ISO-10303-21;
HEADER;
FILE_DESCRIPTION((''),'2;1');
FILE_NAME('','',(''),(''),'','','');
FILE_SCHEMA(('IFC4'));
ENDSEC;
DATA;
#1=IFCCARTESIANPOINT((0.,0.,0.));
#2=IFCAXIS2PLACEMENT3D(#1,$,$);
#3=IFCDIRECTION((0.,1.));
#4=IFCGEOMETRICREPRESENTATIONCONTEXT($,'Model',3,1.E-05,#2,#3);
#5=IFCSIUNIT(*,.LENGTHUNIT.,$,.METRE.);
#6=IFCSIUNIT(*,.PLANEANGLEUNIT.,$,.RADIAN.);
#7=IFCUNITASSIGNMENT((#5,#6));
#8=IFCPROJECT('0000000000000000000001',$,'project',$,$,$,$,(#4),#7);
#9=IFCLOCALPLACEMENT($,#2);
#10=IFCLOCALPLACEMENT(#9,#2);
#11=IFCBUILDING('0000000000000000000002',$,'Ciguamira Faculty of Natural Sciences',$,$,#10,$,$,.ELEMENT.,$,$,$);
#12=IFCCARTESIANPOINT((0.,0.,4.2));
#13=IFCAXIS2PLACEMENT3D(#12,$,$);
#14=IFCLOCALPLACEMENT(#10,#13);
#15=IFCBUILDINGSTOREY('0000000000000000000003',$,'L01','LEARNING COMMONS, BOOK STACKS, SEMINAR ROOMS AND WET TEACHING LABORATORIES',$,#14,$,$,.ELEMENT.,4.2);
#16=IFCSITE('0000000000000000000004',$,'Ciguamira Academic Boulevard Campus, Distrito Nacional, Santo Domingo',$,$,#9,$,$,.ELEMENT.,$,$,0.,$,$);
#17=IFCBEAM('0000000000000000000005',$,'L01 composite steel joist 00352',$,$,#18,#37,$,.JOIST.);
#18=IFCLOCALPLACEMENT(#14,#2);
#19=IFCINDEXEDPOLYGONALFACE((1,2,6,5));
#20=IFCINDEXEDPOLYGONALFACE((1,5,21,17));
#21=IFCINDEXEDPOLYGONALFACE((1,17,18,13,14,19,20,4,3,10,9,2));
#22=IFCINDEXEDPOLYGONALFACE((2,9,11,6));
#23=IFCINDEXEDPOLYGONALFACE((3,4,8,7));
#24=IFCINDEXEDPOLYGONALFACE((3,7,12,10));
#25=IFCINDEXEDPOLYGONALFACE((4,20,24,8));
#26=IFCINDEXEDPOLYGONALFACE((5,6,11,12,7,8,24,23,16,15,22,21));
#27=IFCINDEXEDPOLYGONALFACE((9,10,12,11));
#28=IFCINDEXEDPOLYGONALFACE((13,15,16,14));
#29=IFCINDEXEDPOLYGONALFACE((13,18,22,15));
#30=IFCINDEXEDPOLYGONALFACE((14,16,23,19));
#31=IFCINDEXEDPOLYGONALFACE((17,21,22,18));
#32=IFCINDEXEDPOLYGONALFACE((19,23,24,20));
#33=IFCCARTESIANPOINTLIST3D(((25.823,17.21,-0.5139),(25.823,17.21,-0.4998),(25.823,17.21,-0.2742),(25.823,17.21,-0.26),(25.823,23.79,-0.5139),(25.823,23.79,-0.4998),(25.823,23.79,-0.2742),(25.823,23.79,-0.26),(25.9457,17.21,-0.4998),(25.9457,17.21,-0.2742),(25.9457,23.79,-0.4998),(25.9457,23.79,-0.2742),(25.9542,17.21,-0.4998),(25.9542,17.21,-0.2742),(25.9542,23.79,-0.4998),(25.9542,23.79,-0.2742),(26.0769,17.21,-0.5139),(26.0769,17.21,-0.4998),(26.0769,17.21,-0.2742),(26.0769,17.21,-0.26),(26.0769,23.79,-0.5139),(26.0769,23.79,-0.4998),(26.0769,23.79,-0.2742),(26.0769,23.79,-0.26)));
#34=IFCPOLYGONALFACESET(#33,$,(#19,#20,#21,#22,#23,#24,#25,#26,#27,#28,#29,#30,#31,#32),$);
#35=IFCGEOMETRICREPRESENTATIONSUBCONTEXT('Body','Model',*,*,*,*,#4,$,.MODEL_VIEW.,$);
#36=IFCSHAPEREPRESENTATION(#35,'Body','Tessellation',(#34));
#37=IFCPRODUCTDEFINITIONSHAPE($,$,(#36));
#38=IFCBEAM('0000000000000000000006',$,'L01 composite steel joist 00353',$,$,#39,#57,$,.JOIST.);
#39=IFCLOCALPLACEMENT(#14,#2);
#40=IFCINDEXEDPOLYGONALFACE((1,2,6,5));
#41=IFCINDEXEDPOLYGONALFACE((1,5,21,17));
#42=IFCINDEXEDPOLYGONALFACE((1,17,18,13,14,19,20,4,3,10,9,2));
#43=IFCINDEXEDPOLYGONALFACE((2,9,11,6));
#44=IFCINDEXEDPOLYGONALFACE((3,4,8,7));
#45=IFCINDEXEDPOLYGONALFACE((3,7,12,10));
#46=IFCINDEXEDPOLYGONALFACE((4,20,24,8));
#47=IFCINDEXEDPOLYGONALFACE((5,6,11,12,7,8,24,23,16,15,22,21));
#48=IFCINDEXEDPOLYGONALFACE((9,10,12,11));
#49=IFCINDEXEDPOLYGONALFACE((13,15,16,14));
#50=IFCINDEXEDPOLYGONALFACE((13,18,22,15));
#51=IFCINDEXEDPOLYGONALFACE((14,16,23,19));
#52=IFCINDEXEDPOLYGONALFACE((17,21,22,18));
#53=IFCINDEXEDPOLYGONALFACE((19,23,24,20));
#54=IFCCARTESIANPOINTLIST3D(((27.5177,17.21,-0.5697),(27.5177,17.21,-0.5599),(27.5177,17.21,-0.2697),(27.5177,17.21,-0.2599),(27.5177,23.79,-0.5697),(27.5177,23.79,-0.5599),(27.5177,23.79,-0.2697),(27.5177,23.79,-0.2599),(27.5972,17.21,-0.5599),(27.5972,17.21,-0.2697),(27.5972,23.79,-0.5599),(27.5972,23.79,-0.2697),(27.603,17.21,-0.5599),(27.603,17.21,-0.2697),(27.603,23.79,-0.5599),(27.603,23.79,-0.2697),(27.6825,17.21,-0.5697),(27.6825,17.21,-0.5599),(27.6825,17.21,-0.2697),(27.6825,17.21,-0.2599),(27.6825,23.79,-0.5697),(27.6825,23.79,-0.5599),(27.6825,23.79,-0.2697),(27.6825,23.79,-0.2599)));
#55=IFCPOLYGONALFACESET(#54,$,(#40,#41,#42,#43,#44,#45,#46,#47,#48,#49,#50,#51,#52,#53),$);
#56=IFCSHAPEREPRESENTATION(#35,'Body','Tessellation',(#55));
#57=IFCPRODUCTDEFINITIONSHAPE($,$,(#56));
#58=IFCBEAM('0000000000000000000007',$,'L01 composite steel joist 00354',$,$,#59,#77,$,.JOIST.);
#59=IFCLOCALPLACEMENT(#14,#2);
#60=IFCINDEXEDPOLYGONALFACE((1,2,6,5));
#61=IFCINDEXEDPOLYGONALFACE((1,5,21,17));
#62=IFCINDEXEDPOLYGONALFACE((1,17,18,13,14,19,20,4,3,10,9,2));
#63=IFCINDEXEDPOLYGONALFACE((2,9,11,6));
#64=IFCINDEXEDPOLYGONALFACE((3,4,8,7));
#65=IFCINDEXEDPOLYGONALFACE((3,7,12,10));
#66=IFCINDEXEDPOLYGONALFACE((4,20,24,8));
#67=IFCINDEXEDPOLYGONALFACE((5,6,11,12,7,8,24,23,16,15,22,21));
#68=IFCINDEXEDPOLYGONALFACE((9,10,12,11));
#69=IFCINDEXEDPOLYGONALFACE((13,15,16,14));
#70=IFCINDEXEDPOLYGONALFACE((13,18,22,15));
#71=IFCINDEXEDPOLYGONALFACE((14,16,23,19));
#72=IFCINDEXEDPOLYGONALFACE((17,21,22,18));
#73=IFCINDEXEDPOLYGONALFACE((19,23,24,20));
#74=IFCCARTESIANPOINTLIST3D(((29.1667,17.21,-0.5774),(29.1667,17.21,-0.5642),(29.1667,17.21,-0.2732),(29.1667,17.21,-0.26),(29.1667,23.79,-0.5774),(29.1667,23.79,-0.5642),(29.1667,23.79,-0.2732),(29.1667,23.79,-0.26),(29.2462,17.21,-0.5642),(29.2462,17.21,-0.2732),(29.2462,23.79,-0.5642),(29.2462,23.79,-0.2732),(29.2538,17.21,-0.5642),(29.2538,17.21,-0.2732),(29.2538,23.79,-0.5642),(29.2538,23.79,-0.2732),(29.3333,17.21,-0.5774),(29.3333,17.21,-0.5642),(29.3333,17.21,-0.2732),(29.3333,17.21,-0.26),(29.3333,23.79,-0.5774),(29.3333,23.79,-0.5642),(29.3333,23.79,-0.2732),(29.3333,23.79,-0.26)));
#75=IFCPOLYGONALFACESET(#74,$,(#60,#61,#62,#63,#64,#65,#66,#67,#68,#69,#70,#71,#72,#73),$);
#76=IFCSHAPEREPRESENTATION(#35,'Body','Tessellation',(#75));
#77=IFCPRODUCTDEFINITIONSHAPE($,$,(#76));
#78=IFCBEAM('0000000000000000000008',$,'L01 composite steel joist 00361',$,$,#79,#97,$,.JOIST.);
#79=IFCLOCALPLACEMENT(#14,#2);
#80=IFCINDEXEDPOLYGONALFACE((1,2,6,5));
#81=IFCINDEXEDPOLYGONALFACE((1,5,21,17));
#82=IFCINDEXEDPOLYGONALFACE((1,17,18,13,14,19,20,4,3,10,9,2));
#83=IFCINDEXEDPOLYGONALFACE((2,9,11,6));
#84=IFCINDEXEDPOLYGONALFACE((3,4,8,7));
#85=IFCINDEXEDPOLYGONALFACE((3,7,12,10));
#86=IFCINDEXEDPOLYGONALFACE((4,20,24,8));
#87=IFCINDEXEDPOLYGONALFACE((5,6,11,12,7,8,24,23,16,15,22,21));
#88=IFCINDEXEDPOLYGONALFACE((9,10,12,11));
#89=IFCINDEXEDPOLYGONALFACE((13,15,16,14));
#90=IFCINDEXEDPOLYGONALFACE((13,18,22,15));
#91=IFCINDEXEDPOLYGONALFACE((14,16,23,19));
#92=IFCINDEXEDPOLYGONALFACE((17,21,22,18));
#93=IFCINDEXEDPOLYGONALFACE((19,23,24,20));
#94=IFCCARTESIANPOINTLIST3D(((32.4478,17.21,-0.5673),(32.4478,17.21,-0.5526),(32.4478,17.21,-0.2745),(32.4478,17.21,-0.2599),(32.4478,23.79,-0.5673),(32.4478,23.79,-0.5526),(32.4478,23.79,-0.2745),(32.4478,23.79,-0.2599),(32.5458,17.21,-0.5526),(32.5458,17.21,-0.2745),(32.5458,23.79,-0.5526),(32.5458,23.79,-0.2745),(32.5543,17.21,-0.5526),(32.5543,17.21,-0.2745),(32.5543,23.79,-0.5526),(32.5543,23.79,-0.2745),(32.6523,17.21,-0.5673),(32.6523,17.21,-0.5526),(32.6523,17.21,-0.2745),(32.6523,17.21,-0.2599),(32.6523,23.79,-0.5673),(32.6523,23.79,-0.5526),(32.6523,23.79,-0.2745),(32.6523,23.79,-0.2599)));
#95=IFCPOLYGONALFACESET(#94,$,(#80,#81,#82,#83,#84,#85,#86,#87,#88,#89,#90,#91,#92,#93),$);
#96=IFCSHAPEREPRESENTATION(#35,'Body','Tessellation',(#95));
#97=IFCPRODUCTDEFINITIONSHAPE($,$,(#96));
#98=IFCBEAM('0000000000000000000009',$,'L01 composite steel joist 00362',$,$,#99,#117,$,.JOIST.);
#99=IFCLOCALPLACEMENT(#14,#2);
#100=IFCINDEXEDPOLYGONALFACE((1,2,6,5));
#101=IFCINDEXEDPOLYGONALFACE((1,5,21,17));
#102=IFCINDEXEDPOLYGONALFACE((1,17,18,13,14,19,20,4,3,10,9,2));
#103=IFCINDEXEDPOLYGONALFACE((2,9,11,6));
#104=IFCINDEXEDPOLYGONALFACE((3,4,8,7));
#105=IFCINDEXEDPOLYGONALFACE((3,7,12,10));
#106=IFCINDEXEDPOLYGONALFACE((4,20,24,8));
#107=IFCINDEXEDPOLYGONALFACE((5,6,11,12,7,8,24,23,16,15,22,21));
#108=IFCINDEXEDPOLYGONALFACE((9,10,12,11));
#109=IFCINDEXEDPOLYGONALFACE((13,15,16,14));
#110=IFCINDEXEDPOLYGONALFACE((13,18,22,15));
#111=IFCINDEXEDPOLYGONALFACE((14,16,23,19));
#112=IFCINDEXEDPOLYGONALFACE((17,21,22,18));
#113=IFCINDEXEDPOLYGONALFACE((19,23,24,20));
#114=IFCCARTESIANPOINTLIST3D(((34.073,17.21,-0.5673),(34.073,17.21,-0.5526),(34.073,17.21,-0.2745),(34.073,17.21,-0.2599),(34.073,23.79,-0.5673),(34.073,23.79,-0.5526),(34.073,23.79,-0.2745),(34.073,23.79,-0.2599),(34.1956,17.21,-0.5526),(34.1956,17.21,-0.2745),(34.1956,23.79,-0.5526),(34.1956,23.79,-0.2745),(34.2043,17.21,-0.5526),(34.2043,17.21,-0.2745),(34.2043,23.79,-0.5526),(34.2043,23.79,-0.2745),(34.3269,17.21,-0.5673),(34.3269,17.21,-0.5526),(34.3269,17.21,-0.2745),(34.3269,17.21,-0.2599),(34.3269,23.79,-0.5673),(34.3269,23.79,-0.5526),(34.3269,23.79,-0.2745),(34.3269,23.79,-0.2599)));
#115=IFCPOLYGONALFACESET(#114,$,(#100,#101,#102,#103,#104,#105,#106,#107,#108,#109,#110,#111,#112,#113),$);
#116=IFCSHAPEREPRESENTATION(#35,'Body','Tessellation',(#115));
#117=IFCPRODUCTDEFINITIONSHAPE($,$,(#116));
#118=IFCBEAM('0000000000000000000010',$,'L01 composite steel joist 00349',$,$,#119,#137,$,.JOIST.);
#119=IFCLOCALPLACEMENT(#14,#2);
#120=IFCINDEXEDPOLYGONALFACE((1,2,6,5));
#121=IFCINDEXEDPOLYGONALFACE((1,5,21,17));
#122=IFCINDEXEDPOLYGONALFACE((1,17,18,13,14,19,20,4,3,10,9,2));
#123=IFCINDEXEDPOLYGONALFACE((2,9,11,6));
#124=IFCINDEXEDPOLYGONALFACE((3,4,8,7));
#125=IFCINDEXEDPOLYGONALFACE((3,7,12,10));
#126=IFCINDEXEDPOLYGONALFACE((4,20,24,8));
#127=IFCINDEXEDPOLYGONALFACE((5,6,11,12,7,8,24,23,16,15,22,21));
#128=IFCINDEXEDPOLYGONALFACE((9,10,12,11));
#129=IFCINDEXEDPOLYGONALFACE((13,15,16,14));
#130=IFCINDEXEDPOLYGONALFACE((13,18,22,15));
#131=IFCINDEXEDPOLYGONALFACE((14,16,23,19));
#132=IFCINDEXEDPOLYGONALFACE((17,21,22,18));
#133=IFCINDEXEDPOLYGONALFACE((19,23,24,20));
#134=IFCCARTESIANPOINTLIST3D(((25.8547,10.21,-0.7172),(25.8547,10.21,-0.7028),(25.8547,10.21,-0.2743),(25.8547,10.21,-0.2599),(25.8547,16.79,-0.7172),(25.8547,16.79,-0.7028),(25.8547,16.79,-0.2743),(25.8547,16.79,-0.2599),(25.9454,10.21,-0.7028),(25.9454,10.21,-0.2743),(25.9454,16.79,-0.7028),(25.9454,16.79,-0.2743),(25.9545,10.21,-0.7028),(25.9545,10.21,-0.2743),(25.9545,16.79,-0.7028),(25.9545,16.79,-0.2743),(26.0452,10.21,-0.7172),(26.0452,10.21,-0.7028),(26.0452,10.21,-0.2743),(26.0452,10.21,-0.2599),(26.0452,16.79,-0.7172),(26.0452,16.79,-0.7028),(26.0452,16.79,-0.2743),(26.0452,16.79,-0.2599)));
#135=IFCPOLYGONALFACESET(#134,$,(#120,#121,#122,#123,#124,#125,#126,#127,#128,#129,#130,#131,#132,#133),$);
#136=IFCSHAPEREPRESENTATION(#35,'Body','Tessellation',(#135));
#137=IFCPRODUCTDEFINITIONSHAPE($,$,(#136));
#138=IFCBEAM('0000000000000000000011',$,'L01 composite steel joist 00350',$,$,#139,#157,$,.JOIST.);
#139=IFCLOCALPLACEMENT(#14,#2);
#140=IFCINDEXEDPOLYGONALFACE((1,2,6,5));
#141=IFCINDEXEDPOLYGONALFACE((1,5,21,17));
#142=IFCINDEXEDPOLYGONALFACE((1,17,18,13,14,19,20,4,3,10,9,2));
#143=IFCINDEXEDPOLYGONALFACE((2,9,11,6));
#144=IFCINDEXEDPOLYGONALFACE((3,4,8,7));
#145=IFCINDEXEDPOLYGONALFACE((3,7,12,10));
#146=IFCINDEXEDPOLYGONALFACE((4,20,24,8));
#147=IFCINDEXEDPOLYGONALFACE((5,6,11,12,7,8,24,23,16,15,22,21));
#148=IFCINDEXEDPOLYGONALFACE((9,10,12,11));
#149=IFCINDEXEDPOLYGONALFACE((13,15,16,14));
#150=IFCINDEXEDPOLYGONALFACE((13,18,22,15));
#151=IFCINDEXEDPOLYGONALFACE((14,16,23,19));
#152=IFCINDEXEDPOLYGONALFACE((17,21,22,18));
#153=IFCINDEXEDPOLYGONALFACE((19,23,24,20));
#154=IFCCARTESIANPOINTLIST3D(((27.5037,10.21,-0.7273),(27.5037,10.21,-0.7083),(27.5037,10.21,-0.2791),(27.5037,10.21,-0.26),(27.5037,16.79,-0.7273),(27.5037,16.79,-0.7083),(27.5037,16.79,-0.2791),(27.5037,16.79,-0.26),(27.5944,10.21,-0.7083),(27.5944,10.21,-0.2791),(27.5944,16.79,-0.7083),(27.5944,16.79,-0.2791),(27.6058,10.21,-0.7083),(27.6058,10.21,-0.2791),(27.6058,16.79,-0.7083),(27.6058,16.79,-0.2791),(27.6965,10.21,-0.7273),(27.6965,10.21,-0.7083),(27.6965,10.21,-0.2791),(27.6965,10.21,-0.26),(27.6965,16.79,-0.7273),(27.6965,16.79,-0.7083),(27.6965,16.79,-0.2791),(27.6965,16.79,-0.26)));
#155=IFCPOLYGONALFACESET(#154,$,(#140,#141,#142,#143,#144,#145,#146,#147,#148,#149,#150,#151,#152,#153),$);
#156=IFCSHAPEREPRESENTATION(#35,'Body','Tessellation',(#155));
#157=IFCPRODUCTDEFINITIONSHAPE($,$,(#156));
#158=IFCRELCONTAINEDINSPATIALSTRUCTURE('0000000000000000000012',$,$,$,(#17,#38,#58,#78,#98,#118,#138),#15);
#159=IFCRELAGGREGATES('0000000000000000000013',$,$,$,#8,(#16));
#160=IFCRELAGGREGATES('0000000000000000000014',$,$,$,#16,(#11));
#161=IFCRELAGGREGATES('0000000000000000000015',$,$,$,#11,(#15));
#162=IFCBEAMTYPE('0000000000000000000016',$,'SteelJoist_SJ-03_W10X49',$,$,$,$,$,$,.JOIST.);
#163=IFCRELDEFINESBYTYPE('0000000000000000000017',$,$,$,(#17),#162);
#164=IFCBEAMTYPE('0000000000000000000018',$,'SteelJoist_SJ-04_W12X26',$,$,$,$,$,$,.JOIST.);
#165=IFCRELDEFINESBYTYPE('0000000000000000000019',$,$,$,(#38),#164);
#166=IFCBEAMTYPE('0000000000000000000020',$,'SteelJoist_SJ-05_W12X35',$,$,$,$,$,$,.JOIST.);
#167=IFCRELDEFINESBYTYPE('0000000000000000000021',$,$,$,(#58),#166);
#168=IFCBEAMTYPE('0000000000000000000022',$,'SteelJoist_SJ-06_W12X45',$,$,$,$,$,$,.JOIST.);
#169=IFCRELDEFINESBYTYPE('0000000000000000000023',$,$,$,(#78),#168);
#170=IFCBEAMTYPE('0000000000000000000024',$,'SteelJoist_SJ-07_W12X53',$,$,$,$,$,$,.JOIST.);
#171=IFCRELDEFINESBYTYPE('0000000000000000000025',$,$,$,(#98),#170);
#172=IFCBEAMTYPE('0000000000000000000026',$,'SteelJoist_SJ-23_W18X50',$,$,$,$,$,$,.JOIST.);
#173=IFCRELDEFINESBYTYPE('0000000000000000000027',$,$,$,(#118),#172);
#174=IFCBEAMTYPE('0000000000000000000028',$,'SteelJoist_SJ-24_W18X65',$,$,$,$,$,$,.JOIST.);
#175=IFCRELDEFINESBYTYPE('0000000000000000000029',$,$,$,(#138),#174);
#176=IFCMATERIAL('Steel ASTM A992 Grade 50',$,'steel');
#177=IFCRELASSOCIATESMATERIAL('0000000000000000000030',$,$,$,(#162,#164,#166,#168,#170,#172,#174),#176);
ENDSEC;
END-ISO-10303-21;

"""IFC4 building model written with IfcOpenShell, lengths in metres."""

from ifc_helpers import new_model, si_unit, direction, frame, origin, origin_2d, place, context, subcontext, project, spatial, i_section, extrude, material, material_profile, profile_set, type_object, element, save


model = new_model("IFC4")

# Units and contexts
model_context = context("Model", 3, precision=1e-05, world=origin(), true_north=direction((0.0, 1.0)))
body_context = subcontext(model_context, "Body", "Model", "MODEL_VIEW")
ifc_project = project(units=[si_unit("LENGTHUNIT", "METRE"), si_unit("PLANEANGLEUNIT", "RADIAN")], contexts=[model_context])

# Site, building, storey
site_placement = place(None, origin())
site = spatial("IfcSite", under=ifc_project, at=site_placement, Name="Ciguamira Academic Boulevard Campus, Distrito Nacional, Santo Domingo", CompositionType="ELEMENT", RefElevation=0.0)
building_placement = place(site_placement, origin())
building = spatial("IfcBuilding", under=site, at=building_placement, Name="Ciguamira Faculty of Natural Sciences", CompositionType="ELEMENT")
storey_placement = place(building_placement, frame((0.0, 0.0, 4.2)))
storey = spatial("IfcBuildingStorey", under=building, at=storey_placement, Name="L01", Description="LEARNING COMMONS, BOOK STACKS, SEMINAR ROOMS AND WET TEACHING LABORATORIES", CompositionType="ELEMENT", Elevation=4.2)

# Beams
ifc_material_1 = material(Name="Steel ASTM A992 Grade 50", Category="steel")
ifc_material_profile_1 = material_profile(ifc_material_1, i_section(OverallWidth=0.2539, OverallDepth=0.2539, WebThickness=0.0085, FlangeThickness=0.0142, at=origin_2d()), Name="W10X49")
ifc_profile_set_1 = profile_set([ifc_material_profile_1], Name="Steel ASTM A992 Grade 50")
beam_type_1 = type_object("IfcBeamType", Name="SteelJoist_SJ-03_W10X49", PredefinedType="JOIST", material=ifc_profile_set_1)
beam_1_placement = place(storey_placement, frame((25.95, 17.21, -0.387), z_axis=(0.0, 1.0, 0.0), x_axis=(-1.0, 0.0, 0.0)))
element("IfcBeam", 1, at=beam_1_placement, inside=storey, type_object=beam_type_1, Name="L01 composite steel joist 00352", PredefinedType="JOIST", context=body_context, shape_type="SweptSolid", body=[
    extrude(i_section(OverallWidth=0.2539, OverallDepth=0.2539, WebThickness=0.0085, FlangeThickness=0.0142, at=origin_2d()), origin(), (0.0, 0.0, 1.0), 6.5801),
])
ifc_material_profile_2 = material_profile(ifc_material_1, i_section(OverallWidth=0.1648, OverallDepth=0.3098, WebThickness=0.0059, FlangeThickness=0.0098, at=origin_2d()), Name="W12X26")
ifc_profile_set_2 = profile_set([ifc_material_profile_2], Name="Steel ASTM A992 Grade 50")
beam_type_2 = type_object("IfcBeamType", Name="SteelJoist_SJ-04_W12X26", PredefinedType="JOIST", material=ifc_profile_set_2)
beam_2_placement = place(storey_placement, frame((27.6001, 17.21, -0.4148), z_axis=(0.0, 1.0, 0.0), x_axis=(-1.0, 0.0, 0.0)))
element("IfcBeam", 2, at=beam_2_placement, inside=storey, type_object=beam_type_2, Name="L01 composite steel joist 00353", PredefinedType="JOIST", context=body_context, shape_type="SweptSolid", body=[
    extrude(i_section(OverallWidth=0.1648, OverallDepth=0.3098, WebThickness=0.0059, FlangeThickness=0.0098, at=origin_2d()), origin(), (0.0, 0.0, 1.0), 6.5801),
])
ifc_material_profile_3 = material_profile(ifc_material_1, i_section(OverallWidth=0.1665, OverallDepth=0.3174, WebThickness=0.0076, FlangeThickness=0.0132, at=origin_2d()), Name="W12X35")
ifc_profile_set_3 = profile_set([ifc_material_profile_3], Name="Steel ASTM A992 Grade 50")
beam_type_3 = type_object("IfcBeamType", Name="SteelJoist_SJ-05_W12X35", PredefinedType="JOIST", material=ifc_profile_set_3)
beam_3_placement = place(storey_placement, frame((29.25, 17.21, -0.4187), z_axis=(0.0, 1.0, 0.0), x_axis=(-1.0, 0.0, 0.0)))
element("IfcBeam", 3, at=beam_3_placement, inside=storey, type_object=beam_type_3, Name="L01 composite steel joist 00354", PredefinedType="JOIST", context=body_context, shape_type="SweptSolid", body=[
    extrude(i_section(OverallWidth=0.1665, OverallDepth=0.3174, WebThickness=0.0076, FlangeThickness=0.0132, at=origin_2d()), origin(), (0.0, 0.0, 1.0), 6.5801),
])
ifc_material_profile_4 = material_profile(ifc_material_1, i_section(OverallWidth=0.2046, OverallDepth=0.3074, WebThickness=0.0085, FlangeThickness=0.0146, at=origin_2d()), Name="W12X45")
ifc_profile_set_4 = profile_set([ifc_material_profile_4], Name="Steel ASTM A992 Grade 50")
beam_type_4 = type_object("IfcBeamType", Name="SteelJoist_SJ-06_W12X45", PredefinedType="JOIST", material=ifc_profile_set_4)
beam_4_placement = place(storey_placement, frame((32.55, 17.21, -0.4136), z_axis=(0.0, 1.0, 0.0), x_axis=(-1.0, 0.0, 0.0)))
element("IfcBeam", 4, at=beam_4_placement, inside=storey, type_object=beam_type_4, Name="L01 composite steel joist 00361", PredefinedType="JOIST", context=body_context, shape_type="SweptSolid", body=[
    extrude(i_section(OverallWidth=0.2046, OverallDepth=0.3074, WebThickness=0.0085, FlangeThickness=0.0146, at=origin_2d()), origin(), (0.0, 0.0, 1.0), 6.5801),
])
ifc_material_profile_5 = material_profile(ifc_material_1, i_section(OverallWidth=0.2539, OverallDepth=0.3074, WebThickness=0.0088, FlangeThickness=0.0146, at=origin_2d()), Name="W12X53")
ifc_profile_set_5 = profile_set([ifc_material_profile_5], Name="Steel ASTM A992 Grade 50")
beam_type_5 = type_object("IfcBeamType", Name="SteelJoist_SJ-07_W12X53", PredefinedType="JOIST", material=ifc_profile_set_5)
beam_5_placement = place(storey_placement, frame((34.2, 17.21, -0.4136), z_axis=(0.0, 1.0, 0.0), x_axis=(-1.0, 0.0, 0.0)))
element("IfcBeam", 5, at=beam_5_placement, inside=storey, type_object=beam_type_5, Name="L01 composite steel joist 00362", PredefinedType="JOIST", context=body_context, shape_type="SweptSolid", body=[
    extrude(i_section(OverallWidth=0.2539, OverallDepth=0.3074, WebThickness=0.0088, FlangeThickness=0.0146, at=origin_2d()), origin(), (0.0, 0.0, 1.0), 6.5801),
])
ifc_material_profile_6 = material_profile(ifc_material_1, i_section(OverallWidth=0.1904, OverallDepth=0.4573, WebThickness=0.009, FlangeThickness=0.0144, at=origin_2d()), Name="W18X50")
ifc_profile_set_6 = profile_set([ifc_material_profile_6], Name="Steel ASTM A992 Grade 50")
beam_type_6 = type_object("IfcBeamType", Name="SteelJoist_SJ-23_W18X50", PredefinedType="JOIST", material=ifc_profile_set_6)
beam_6_placement = place(storey_placement, frame((25.95, 10.21, -0.4885), z_axis=(0.0, 1.0, 0.0), x_axis=(-1.0, 0.0, 0.0)))
element("IfcBeam", 6, at=beam_6_placement, inside=storey, type_object=beam_type_6, Name="L01 composite steel joist 00349", PredefinedType="JOIST", context=body_context, shape_type="SweptSolid", body=[
    extrude(i_section(OverallWidth=0.1904, OverallDepth=0.4573, WebThickness=0.009, FlangeThickness=0.0144, at=origin_2d()), origin(), (0.0, 0.0, 1.0), 6.5801),
])
ifc_material_profile_7 = material_profile(ifc_material_1, i_section(OverallWidth=0.1929, OverallDepth=0.4673, WebThickness=0.0115, FlangeThickness=0.019, at=origin_2d()), Name="W18X65")
ifc_profile_set_7 = profile_set([ifc_material_profile_7], Name="Steel ASTM A992 Grade 50")
beam_type_7 = type_object("IfcBeamType", Name="SteelJoist_SJ-24_W18X65", PredefinedType="JOIST", material=ifc_profile_set_7)
beam_7_placement = place(storey_placement, frame((27.6001, 10.21, -0.4937), z_axis=(0.0, 1.0, 0.0), x_axis=(-1.0, 0.0, 0.0)))
element("IfcBeam", 7, at=beam_7_placement, inside=storey, type_object=beam_type_7, Name="L01 composite steel joist 00350", PredefinedType="JOIST", context=body_context, shape_type="SweptSolid", body=[
    extrude(i_section(OverallWidth=0.1929, OverallDepth=0.4673, WebThickness=0.0115, FlangeThickness=0.019, at=origin_2d()), origin(), (0.0, 0.0, 1.0), 6.5801),
])

save(model, "model.ifc")
